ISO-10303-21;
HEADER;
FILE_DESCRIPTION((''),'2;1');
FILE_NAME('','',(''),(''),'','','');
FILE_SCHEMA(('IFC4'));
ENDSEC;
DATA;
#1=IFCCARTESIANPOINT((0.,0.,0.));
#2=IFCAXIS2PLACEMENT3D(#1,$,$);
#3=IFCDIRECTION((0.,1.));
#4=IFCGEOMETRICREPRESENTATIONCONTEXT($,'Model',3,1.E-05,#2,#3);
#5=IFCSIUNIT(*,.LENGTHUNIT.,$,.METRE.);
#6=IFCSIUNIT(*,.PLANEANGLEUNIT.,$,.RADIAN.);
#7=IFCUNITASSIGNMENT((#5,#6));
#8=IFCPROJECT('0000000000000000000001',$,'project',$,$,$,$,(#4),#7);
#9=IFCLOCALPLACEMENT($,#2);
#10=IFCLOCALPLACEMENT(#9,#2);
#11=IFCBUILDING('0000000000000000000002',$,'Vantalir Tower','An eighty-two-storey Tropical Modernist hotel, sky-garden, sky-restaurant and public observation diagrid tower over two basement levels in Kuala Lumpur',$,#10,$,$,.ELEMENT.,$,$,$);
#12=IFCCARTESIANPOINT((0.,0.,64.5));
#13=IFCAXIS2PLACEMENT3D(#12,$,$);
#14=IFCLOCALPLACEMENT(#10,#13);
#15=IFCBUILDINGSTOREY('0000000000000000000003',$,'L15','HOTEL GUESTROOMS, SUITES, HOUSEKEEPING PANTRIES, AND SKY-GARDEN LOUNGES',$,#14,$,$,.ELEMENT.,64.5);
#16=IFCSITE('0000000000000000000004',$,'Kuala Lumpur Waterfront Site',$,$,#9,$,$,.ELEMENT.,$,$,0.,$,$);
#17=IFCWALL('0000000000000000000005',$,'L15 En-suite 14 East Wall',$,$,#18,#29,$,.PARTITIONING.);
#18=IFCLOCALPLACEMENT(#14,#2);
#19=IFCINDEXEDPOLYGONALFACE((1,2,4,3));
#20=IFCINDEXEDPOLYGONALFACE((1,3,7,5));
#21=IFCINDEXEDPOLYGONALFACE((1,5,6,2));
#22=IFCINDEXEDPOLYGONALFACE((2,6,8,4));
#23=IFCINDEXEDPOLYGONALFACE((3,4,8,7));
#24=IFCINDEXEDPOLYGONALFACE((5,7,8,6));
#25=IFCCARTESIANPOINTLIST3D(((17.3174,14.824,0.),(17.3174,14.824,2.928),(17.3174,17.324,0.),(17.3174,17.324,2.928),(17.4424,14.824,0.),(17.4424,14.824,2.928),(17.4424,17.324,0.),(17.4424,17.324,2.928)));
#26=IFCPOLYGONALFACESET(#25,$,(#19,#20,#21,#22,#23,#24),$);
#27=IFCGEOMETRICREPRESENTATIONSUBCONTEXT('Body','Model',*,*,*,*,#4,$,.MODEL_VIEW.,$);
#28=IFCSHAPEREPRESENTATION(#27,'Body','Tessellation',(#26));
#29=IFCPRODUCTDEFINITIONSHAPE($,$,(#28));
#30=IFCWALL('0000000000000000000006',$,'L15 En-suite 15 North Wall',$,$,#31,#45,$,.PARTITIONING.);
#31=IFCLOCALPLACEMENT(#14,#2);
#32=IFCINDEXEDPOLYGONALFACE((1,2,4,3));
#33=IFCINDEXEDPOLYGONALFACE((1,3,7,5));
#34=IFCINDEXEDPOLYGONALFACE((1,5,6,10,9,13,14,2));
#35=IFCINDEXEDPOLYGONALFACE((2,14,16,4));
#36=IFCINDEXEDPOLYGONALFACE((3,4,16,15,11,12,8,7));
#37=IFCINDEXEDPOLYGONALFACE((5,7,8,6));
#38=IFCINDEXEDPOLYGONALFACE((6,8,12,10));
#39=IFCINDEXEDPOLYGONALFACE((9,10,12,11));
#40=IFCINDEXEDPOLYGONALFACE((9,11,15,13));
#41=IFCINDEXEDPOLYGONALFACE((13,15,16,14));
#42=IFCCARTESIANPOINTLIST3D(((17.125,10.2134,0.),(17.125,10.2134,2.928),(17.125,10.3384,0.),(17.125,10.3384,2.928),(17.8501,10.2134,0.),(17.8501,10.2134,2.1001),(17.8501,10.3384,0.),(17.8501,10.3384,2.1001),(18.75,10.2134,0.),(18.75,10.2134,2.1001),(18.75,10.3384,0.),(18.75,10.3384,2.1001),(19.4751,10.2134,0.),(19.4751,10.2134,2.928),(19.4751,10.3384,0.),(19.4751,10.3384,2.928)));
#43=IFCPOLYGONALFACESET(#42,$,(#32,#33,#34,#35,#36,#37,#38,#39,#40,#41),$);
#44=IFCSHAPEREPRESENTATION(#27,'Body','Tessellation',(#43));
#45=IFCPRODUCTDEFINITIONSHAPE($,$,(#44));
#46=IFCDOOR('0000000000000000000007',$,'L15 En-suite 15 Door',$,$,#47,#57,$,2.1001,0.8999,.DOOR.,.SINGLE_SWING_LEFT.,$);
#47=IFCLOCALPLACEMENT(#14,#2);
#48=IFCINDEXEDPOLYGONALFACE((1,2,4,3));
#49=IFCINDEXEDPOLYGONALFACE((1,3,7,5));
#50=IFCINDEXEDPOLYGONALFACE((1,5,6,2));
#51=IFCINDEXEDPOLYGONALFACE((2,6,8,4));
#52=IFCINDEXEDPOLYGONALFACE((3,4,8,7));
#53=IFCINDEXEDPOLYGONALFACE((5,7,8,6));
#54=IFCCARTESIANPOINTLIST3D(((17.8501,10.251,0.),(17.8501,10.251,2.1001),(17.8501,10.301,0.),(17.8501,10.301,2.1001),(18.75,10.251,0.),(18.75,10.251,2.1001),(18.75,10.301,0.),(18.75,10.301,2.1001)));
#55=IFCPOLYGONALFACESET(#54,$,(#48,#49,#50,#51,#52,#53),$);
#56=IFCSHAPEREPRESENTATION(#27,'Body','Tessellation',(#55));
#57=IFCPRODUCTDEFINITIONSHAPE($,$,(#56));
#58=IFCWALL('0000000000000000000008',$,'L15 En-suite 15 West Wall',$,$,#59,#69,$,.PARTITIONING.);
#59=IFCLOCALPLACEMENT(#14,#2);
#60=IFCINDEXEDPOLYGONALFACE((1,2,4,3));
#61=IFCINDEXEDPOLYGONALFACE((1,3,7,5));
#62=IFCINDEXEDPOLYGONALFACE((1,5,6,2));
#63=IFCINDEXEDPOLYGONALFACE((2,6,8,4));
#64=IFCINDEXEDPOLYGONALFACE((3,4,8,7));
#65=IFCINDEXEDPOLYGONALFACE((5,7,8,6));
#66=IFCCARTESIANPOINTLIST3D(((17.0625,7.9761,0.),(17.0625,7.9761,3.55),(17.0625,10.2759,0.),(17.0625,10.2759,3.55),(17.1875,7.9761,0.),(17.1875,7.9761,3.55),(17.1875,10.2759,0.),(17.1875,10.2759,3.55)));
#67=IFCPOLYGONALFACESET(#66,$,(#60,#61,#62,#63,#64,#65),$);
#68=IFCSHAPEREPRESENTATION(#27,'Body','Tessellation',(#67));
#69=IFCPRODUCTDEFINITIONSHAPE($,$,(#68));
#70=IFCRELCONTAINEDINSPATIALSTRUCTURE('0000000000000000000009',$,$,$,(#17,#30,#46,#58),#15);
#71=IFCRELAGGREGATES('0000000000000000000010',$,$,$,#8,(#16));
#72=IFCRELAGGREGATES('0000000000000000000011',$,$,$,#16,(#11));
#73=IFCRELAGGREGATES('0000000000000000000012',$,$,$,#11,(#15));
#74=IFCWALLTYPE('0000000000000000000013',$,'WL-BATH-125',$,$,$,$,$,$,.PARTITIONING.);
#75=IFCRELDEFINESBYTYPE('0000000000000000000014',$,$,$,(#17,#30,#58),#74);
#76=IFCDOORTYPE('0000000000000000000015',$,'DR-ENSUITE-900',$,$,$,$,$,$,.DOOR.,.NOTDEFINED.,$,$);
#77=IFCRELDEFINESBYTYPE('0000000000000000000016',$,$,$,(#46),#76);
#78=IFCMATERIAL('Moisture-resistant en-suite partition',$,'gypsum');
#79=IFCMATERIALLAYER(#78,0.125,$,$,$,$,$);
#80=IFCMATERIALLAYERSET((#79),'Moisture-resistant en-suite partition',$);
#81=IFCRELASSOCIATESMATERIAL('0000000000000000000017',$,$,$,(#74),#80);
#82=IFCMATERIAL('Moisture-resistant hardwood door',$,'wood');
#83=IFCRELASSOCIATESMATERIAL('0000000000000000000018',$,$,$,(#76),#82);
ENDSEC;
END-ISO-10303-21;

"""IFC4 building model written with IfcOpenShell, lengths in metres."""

from ifc_helpers import new_model, si_unit, direction, frame, frame_2d, origin, place, context, subcontext, project, spatial, rectangle, extrude, material, layer, layer_set, type_object, element, fill, save


model = new_model("IFC4")

# Units and contexts
model_context = context("Model", 3, precision=1e-05, world=origin(), true_north=direction((0.0, 1.0)))
body_context = subcontext(model_context, "Body", "Model", "MODEL_VIEW")
ifc_project = project(units=[si_unit("LENGTHUNIT", "METRE"), si_unit("PLANEANGLEUNIT", "RADIAN")], contexts=[model_context])

# Site, building, storey
site_placement = place(None, origin())
site = spatial("IfcSite", under=ifc_project, at=site_placement, Name="Kuala Lumpur Waterfront Site", CompositionType="ELEMENT", RefElevation=0.0)
building_placement = place(site_placement, origin())
building = spatial("IfcBuilding", under=site, at=building_placement, Name="Vantalir Tower", Description="An eighty-two-storey Tropical Modernist hotel, sky-garden, sky-restaurant and public observation diagrid tower over two basement levels in Kuala Lumpur", CompositionType="ELEMENT")
storey_placement = place(building_placement, frame((0.0, 0.0, 64.5)))
storey = spatial("IfcBuildingStorey", under=building, at=storey_placement, Name="L15", Description="HOTEL GUESTROOMS, SUITES, HOUSEKEEPING PANTRIES, AND SKY-GARDEN LOUNGES", CompositionType="ELEMENT", Elevation=64.5)

# Shared definitions
ifc_material_1 = material(Name="Moisture-resistant en-suite partition", Category="gypsum")
ifc_layer_1 = layer(ifc_material_1, 0.125)
ifc_layer_set_1 = layer_set([ifc_layer_1], Name="Moisture-resistant en-suite partition")
wall_type = type_object("IfcWallType", Name="WL-BATH-125", PredefinedType="PARTITIONING", material=ifc_layer_set_1)

# Shared definitions
ifc_material_2 = material(Name="Moisture-resistant hardwood door", Category="wood")
door_type = type_object("IfcDoorType", Name="DR-ENSUITE-900", OperationType="NOTDEFINED", PredefinedType="DOOR", material=ifc_material_2)

# Wall
wall_1_placement = place(storey_placement, frame((17.3799, 14.824, 0.0), z_axis=(0.0, 0.0, 1.0), x_axis=(0.0, 1.0, 0.0)))
element("IfcWall", 1, at=wall_1_placement, inside=storey, type_object=wall_type, Name="L15 En-suite 14 East Wall", PredefinedType="PARTITIONING", context=body_context, shape_type="SweptSolid", body=[
    extrude(rectangle(XDim=2.5, YDim=0.125, at=frame_2d((1.25, 0.0))), origin(), (0.0, 0.0, 1.0), 2.928),
])

# Wall, opening, door
wall_2_placement = place(storey_placement, frame((17.125, 10.2759, 0.0), z_axis=(0.0, 0.0, 1.0), x_axis=(1.0, 0.0, 0.0)))
wall_2 = element("IfcWall", 2, at=wall_2_placement, inside=storey, type_object=wall_type, Name="L15 En-suite 15 North Wall", PredefinedType="PARTITIONING", context=body_context, shape_type="SweptSolid", body=[
    extrude(rectangle(XDim=2.3501, YDim=0.125, at=frame_2d((1.175, 0.0))), origin(), (0.0, 0.0, 1.0), 2.928),
])
opening_1_placement = place(wall_2_placement, frame((0.7251, 0.0, 0.0)))
opening_1 = element("IfcOpeningElement", 3, at=opening_1_placement, cuts=wall_2, PredefinedType="OPENING", context=body_context, shape_type="SweptSolid", body=[
    extrude(rectangle(XDim=0.8999, YDim=2.1001, at=frame_2d((0.45, 1.05))), frame((0.0, 0.0725, 0.0), z_axis=(0.0, -1.0, 0.0), x_axis=(1.0, 0.0, 0.0)), (0.0, 0.0, 1.0), 0.145),
])
door_1_placement = place(opening_1_placement, frame((0.8999, 0.0, 0.0), z_axis=(0.0, 0.0, 1.0), x_axis=(-1.0, 0.0, 0.0)))
door_1 = element("IfcDoor", 4, at=door_1_placement, inside=storey, type_object=door_type, Name="L15 En-suite 15 Door", OperationType="SINGLE_SWING_LEFT", OverallHeight=2.1001, OverallWidth=0.8999, PredefinedType="DOOR", context=body_context, shape_type="SweptSolid", body=[
    extrude(rectangle(XDim=0.8999, YDim=2.1001, at=frame_2d((0.45, 1.05))), frame((0.0, 0.0249, 0.0), z_axis=(0.0, -1.0, 0.0), x_axis=(1.0, 0.0, 0.0)), (0.0, 0.0, 1.0), 0.05),
])
fill(opening_1, door_1)

# Wall
wall_3_placement = place(storey_placement, frame((17.125, 7.9761, 0.0), z_axis=(0.0, 0.0, 1.0), x_axis=(0.0, 1.0, 0.0)))
element("IfcWall", 5, at=wall_3_placement, inside=storey, type_object=wall_type, Name="L15 En-suite 15 West Wall", PredefinedType="PARTITIONING", context=body_context, shape_type="SweptSolid", body=[
    extrude(rectangle(XDim=2.2998, YDim=0.125, at=frame_2d((1.1499, 0.0))), origin(), (0.0, 0.0, 1.0), 3.55),
])

save(model, "model.ifc")
